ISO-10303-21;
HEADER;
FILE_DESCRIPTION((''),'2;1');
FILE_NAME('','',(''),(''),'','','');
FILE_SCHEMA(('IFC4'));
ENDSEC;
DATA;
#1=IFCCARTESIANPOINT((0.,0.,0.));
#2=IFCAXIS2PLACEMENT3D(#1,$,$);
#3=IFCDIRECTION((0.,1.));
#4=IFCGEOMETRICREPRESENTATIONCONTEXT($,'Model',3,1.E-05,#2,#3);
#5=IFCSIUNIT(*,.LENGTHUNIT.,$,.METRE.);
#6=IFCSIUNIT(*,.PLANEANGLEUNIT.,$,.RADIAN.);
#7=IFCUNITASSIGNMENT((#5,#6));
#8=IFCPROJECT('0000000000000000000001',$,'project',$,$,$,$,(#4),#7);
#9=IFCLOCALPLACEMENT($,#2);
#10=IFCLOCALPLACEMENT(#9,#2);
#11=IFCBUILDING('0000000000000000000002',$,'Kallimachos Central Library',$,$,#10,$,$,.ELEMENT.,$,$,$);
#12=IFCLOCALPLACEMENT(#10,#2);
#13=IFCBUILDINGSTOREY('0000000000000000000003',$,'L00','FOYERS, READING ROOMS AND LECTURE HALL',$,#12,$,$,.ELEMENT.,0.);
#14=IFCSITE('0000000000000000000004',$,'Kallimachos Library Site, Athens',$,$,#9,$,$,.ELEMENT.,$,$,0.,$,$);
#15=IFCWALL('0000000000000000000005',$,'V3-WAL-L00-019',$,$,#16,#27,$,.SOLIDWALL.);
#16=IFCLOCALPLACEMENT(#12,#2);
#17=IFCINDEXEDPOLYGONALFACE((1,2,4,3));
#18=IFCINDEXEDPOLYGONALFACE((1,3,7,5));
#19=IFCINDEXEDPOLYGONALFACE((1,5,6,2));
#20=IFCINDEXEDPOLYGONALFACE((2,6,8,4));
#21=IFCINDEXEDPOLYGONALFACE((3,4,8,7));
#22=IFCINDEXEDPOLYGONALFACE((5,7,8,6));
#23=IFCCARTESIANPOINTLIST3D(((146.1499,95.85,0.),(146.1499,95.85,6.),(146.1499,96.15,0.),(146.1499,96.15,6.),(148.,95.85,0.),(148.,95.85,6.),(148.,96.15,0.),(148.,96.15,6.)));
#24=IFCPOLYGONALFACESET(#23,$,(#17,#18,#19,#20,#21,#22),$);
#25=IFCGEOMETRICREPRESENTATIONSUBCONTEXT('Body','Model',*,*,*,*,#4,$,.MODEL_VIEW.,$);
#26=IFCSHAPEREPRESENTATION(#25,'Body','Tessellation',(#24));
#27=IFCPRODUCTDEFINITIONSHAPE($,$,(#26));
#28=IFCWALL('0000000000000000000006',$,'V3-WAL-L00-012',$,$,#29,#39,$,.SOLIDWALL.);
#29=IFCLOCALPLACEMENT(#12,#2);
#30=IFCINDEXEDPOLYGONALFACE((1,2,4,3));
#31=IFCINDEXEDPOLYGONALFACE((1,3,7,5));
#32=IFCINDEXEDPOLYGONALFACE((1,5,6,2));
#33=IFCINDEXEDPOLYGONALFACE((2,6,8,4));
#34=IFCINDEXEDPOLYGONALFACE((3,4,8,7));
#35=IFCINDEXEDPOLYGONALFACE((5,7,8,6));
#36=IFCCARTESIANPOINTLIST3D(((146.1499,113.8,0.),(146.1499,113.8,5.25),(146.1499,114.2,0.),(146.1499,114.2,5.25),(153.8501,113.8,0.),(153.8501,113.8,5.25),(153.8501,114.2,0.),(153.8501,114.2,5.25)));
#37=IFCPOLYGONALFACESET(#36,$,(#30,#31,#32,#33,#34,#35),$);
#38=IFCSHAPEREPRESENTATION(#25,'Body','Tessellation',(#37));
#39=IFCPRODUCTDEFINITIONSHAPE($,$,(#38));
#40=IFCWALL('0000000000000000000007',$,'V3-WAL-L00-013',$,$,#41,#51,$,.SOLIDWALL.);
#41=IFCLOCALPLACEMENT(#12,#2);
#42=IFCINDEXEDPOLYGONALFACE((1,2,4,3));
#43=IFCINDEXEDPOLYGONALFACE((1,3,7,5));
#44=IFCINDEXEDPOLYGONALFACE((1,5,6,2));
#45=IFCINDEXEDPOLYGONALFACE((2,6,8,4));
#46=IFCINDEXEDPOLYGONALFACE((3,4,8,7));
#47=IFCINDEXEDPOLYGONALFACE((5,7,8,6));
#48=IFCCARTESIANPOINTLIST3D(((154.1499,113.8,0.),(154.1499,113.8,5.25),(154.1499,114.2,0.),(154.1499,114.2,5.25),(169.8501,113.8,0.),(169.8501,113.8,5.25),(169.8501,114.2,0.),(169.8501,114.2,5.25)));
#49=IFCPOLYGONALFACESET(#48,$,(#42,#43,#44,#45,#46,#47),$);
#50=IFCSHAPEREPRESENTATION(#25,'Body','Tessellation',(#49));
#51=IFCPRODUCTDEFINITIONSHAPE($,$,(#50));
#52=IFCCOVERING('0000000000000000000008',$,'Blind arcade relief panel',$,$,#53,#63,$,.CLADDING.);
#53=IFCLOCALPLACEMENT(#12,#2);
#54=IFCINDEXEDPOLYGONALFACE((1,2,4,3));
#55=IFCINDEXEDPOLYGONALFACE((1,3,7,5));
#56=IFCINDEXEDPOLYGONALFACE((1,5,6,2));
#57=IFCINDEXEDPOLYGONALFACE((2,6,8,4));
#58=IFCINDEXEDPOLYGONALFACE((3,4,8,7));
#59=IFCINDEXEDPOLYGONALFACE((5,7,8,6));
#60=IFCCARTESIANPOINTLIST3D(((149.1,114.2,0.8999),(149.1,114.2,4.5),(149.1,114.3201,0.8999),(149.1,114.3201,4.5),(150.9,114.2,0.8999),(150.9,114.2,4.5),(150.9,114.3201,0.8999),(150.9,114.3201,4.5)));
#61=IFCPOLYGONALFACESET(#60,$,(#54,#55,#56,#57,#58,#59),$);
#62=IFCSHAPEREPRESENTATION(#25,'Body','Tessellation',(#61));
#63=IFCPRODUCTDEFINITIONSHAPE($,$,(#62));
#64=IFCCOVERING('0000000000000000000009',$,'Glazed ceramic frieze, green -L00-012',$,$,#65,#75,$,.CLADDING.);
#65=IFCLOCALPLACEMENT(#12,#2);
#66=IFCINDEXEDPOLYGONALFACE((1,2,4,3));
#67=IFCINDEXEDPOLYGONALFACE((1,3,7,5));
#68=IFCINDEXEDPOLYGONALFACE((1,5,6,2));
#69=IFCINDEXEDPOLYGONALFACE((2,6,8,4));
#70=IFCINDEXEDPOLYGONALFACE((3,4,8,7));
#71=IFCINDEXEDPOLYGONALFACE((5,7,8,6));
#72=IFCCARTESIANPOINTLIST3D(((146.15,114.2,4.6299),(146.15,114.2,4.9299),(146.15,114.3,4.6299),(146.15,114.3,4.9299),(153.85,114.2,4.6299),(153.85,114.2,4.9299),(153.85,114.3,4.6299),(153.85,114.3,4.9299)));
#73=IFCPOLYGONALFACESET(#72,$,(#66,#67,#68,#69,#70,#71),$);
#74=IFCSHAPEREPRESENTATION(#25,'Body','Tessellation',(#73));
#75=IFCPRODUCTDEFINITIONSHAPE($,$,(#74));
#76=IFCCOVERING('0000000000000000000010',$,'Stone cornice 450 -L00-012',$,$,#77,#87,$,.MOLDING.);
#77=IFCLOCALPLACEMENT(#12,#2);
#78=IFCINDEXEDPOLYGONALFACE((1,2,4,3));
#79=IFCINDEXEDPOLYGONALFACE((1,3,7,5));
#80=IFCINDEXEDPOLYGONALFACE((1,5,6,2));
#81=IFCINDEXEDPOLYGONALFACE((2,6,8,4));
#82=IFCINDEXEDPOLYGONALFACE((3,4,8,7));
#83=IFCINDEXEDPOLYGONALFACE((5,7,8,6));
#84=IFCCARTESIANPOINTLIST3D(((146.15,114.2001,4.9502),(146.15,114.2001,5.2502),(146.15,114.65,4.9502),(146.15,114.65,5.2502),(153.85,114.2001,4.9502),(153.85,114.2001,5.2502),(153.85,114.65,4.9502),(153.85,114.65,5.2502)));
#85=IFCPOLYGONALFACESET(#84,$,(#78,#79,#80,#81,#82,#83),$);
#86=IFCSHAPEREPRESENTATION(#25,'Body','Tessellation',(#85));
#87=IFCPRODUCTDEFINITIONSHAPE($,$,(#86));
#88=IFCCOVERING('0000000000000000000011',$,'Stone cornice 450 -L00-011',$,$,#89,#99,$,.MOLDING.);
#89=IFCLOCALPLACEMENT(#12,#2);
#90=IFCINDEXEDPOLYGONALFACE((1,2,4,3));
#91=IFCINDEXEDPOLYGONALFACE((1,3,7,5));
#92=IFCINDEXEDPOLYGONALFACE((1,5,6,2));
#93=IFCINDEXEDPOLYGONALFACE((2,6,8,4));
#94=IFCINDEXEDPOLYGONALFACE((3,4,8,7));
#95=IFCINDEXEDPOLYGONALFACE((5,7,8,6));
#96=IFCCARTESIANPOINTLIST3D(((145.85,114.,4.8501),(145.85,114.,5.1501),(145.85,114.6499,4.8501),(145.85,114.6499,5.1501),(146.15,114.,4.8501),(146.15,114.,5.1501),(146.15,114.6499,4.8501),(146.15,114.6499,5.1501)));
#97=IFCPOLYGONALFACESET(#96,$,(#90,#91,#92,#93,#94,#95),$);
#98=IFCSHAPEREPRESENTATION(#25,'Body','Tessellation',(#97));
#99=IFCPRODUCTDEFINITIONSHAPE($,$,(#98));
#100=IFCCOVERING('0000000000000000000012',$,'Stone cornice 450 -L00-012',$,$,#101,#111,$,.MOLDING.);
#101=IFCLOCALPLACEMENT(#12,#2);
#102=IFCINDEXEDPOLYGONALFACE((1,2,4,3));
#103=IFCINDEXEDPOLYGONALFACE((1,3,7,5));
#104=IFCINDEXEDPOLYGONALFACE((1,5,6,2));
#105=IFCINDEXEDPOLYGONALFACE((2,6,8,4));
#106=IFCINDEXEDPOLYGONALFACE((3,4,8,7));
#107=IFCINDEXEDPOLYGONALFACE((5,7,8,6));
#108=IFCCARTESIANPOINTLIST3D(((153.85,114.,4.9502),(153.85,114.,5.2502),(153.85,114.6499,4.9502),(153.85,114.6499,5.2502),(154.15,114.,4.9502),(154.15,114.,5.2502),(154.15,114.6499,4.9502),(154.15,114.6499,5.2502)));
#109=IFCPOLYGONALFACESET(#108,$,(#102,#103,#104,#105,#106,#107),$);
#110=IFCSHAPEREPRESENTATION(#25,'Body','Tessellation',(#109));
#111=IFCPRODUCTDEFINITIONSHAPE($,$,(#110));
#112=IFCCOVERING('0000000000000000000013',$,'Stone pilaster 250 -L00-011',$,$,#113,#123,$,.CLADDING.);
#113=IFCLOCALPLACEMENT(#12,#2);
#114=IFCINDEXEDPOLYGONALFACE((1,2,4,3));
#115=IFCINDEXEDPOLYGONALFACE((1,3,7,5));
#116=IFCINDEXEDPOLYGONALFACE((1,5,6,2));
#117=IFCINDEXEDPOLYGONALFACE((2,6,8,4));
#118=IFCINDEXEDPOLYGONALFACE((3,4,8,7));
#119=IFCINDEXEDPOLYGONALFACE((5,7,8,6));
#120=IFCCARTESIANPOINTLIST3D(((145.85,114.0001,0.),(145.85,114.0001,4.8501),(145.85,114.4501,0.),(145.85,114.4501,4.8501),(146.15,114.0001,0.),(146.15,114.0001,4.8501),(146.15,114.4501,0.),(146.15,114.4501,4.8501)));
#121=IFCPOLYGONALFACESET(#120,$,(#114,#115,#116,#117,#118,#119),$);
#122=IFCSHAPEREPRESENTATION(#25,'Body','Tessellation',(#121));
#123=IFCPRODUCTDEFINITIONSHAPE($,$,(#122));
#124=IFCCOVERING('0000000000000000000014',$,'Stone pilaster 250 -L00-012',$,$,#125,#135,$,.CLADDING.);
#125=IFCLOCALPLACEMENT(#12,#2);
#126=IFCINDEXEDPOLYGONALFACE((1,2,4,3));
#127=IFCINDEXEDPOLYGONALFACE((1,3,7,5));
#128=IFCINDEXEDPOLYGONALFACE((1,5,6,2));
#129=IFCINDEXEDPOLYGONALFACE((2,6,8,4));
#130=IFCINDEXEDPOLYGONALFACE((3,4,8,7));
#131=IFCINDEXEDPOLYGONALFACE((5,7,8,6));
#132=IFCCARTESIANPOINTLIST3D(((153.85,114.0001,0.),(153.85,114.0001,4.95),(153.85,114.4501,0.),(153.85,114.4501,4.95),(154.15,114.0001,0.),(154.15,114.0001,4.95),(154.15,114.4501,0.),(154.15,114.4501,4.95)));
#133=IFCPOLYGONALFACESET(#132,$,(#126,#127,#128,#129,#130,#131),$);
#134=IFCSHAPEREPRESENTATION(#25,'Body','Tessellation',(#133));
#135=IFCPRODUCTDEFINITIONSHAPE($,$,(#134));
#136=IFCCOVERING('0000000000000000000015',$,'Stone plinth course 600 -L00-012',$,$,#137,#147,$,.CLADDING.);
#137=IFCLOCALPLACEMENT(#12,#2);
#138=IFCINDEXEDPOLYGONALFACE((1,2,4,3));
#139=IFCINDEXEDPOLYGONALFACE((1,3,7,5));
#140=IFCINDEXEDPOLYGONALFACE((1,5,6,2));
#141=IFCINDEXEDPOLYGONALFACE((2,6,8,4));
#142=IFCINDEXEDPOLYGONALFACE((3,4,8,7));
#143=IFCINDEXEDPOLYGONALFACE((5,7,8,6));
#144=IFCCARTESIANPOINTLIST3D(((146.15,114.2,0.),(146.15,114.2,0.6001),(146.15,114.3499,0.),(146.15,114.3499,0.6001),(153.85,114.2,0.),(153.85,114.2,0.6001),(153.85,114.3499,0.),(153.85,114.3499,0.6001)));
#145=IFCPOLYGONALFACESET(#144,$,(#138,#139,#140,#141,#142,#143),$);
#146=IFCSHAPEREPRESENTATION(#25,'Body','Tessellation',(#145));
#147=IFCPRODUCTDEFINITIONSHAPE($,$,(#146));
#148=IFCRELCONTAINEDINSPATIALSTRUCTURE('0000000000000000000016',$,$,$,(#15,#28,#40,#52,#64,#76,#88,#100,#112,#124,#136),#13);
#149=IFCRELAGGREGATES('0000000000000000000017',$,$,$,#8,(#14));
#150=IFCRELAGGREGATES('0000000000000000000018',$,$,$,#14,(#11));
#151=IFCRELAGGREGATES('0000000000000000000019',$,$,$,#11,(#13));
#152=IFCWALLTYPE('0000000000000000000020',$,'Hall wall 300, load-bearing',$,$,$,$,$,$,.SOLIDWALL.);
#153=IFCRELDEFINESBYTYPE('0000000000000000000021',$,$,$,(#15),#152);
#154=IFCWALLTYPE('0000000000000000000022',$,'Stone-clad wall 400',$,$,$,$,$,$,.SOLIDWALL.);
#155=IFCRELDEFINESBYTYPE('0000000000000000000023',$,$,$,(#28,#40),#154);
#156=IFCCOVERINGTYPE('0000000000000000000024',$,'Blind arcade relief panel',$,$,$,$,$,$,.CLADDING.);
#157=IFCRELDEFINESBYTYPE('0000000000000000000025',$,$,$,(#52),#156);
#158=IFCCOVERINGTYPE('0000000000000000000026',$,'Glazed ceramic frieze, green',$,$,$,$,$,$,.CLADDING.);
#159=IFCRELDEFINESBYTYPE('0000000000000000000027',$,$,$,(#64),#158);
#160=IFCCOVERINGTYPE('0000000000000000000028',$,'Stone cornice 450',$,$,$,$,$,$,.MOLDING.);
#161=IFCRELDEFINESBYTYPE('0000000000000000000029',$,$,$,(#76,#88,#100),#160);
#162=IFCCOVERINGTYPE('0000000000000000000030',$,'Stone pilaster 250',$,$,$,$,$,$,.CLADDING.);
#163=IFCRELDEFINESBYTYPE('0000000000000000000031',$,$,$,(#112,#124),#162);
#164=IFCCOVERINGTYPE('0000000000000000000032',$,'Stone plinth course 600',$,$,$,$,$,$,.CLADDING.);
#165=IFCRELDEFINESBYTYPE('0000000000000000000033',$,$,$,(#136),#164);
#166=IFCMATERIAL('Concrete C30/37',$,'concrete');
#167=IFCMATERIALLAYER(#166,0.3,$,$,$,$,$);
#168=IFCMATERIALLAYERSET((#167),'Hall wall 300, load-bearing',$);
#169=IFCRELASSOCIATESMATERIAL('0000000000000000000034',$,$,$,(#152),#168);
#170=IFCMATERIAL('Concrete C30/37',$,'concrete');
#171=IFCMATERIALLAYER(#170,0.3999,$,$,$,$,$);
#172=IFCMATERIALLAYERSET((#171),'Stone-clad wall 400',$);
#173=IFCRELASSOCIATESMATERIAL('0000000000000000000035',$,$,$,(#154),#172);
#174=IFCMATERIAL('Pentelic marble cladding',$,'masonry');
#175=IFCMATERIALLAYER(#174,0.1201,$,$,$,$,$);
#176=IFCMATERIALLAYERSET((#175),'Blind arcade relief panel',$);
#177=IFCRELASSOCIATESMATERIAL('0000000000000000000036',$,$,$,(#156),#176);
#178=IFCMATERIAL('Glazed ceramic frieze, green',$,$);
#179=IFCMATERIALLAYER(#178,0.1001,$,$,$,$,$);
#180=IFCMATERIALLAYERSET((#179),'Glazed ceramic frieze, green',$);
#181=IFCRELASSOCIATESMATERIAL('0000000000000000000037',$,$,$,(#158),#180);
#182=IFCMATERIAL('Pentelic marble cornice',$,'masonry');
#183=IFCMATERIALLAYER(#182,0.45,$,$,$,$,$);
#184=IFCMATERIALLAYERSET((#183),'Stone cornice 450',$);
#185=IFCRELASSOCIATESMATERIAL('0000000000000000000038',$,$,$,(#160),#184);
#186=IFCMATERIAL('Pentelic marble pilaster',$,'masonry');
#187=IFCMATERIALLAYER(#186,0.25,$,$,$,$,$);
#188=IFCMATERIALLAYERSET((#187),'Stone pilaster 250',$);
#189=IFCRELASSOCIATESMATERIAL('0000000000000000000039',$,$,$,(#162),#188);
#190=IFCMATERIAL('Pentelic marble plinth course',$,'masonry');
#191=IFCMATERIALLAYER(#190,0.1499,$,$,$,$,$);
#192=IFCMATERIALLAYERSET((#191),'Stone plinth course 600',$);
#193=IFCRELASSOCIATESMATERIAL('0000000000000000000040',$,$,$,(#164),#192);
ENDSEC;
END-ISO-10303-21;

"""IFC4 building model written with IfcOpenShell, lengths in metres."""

from ifc_helpers import new_model, si_unit, direction, frame, frame_2d, origin, origin_2d, place, context, subcontext, project, spatial, rectangle, extrude, material, layer, layer_set, type_object, element, save


model = new_model("IFC4")

# Units and contexts
model_context = context("Model", 3, precision=1e-05, world=origin(), true_north=direction((0.0, 1.0)))
body_context = subcontext(model_context, "Body", "Model", "MODEL_VIEW")
ifc_project = project(units=[si_unit("LENGTHUNIT", "METRE"), si_unit("PLANEANGLEUNIT", "RADIAN")], contexts=[model_context])

# Site, building, storey
site_placement = place(None, origin())
site = spatial("IfcSite", under=ifc_project, at=site_placement, Name="Kallimachos Library Site, Athens", CompositionType="ELEMENT", RefElevation=0.0)
building_placement = place(site_placement, origin())
building = spatial("IfcBuilding", under=site, at=building_placement, Name="Kallimachos Central Library", CompositionType="ELEMENT")
storey_placement = place(building_placement, origin())
storey = spatial("IfcBuildingStorey", under=building, at=storey_placement, Name="L00", Description="FOYERS, READING ROOMS AND LECTURE HALL", CompositionType="ELEMENT", Elevation=0.0)

# Walls
ifc_material_1 = material(Name="Concrete C30/37", Category="concrete")
ifc_layer_1 = layer(ifc_material_1, 0.3)
ifc_layer_set_1 = layer_set([ifc_layer_1], Name="Hall wall 300, load-bearing")
wall_type_1 = type_object("IfcWallType", Name="Hall wall 300, load-bearing", PredefinedType="SOLIDWALL", material=ifc_layer_set_1)
wall_1_placement = place(storey_placement, frame((146.1499, 96.0, 0.0), z_axis=(0.0, 0.0, 1.0), x_axis=(1.0, 0.0, 0.0)))
element("IfcWall", 1, at=wall_1_placement, inside=storey, type_object=wall_type_1, Name="V3-WAL-L00-019", PredefinedType="SOLIDWALL", context=body_context, shape_type="SweptSolid", body=[
    extrude(rectangle(XDim=1.8501, YDim=0.3, at=frame_2d((0.925, 0.0))), origin(), (0.0, 0.0, 1.0), 6.0),
])
ifc_material_2 = material(Name="Concrete C30/37", Category="concrete")
ifc_layer_2 = layer(ifc_material_2, 0.3999)
ifc_layer_set_2 = layer_set([ifc_layer_2], Name="Stone-clad wall 400")
wall_type_2 = type_object("IfcWallType", Name="Stone-clad wall 400", PredefinedType="SOLIDWALL", material=ifc_layer_set_2)
wall_2_placement = place(storey_placement, frame((146.1499, 114.0, 0.0), z_axis=(0.0, 0.0, 1.0), x_axis=(1.0, 0.0, 0.0)))
element("IfcWall", 2, at=wall_2_placement, inside=storey, type_object=wall_type_2, Name="V3-WAL-L00-012", PredefinedType="SOLIDWALL", context=body_context, shape_type="SweptSolid", body=[
    extrude(rectangle(XDim=7.7002, YDim=0.3999, at=frame_2d((3.8501, 0.0))), origin(), (0.0, 0.0, 1.0), 5.25),
])
wall_3_placement = place(storey_placement, frame((154.1499, 114.0, 0.0), z_axis=(0.0, 0.0, 1.0), x_axis=(1.0, 0.0, 0.0)))
element("IfcWall", 3, at=wall_3_placement, inside=storey, type_object=wall_type_2, Name="V3-WAL-L00-013", PredefinedType="SOLIDWALL", context=body_context, shape_type="SweptSolid", body=[
    extrude(rectangle(XDim=15.7002, YDim=0.3999, at=frame_2d((7.8501, 0.0))), origin(), (0.0, 0.0, 1.0), 5.25),
])

# Coverings
ifc_material_3 = material(Name="Pentelic marble cladding", Category="masonry")
ifc_layer_3 = layer(ifc_material_3, 0.1201)
ifc_layer_set_3 = layer_set([ifc_layer_3], Name="Blind arcade relief panel")
covering_type_1 = type_object("IfcCoveringType", Name="Blind arcade relief panel", PredefinedType="CLADDING", material=ifc_layer_set_3)
covering_1_placement = place(storey_placement, frame((150.0, 114.26, 0.8999), z_axis=(0.0, 0.0, 1.0), x_axis=(1.0, 0.0, 0.0)))
element("IfcCovering", 4, at=covering_1_placement, inside=storey, type_object=covering_type_1, Name="Blind arcade relief panel", PredefinedType="CLADDING", context=body_context, shape_type="SweptSolid", body=[
    extrude(rectangle(XDim=1.8, YDim=0.1201, at=origin_2d()), origin(), (0.0, 0.0, 1.0), 3.6001),
])
ifc_material_4 = material(Name="Glazed ceramic frieze, green")
ifc_layer_4 = layer(ifc_material_4, 0.1001)
ifc_layer_set_4 = layer_set([ifc_layer_4], Name="Glazed ceramic frieze, green")
covering_type_2 = type_object("IfcCoveringType", Name="Glazed ceramic frieze, green", PredefinedType="CLADDING", material=ifc_layer_set_4)
covering_2_placement = place(storey_placement, frame((150.0, 114.25, 4.6299), z_axis=(0.0, 0.0, 1.0), x_axis=(1.0, 0.0, 0.0)))
element("IfcCovering", 5, at=covering_2_placement, inside=storey, type_object=covering_type_2, Name="Glazed ceramic frieze, green -L00-012", PredefinedType="CLADDING", context=body_context, shape_type="SweptSolid", body=[
    extrude(rectangle(XDim=7.7, YDim=0.1001, at=origin_2d()), origin(), (0.0, 0.0, 1.0), 0.3),
])
ifc_material_5 = material(Name="Pentelic marble cornice", Category="masonry")
ifc_layer_5 = layer(ifc_material_5, 0.45)
ifc_layer_set_5 = layer_set([ifc_layer_5], Name="Stone cornice 450")
covering_type_3 = type_object("IfcCoveringType", Name="Stone cornice 450", PredefinedType="MOLDING", material=ifc_layer_set_5)
covering_3_placement = place(storey_placement, frame((150.0, 114.425, 4.9502), z_axis=(0.0, 0.0, 1.0), x_axis=(1.0, 0.0, 0.0)))
element("IfcCovering", 6, at=covering_3_placement, inside=storey, type_object=covering_type_3, Name="Stone cornice 450 -L00-012", PredefinedType="MOLDING", context=body_context, shape_type="SweptSolid", body=[
    extrude(rectangle(XDim=7.7, YDim=0.45, at=origin_2d()), origin(), (0.0, 0.0, 1.0), 0.3),
])
for number, where, z_axis, x_axis, name in (
    (7, (146.0, 114.325, 4.8501), (0.0, 0.0, 1.0), (1.0, 0.0, 0.0), "Stone cornice 450 -L00-011"),
    (8, (154.0, 114.325, 4.9502), (0.0, 0.0, 1.0), (1.0, 0.0, 0.0), "Stone cornice 450 -L00-012"),
):
    element("IfcCovering", number, at=place(storey_placement, frame(where, z_axis=z_axis, x_axis=x_axis)), inside=storey, type_object=covering_type_3, Name=name, PredefinedType="MOLDING", context=body_context, shape_type="SweptSolid", body=[
        extrude(rectangle(XDim=0.3, YDim=0.6499, at=origin_2d()), origin(), (0.0, 0.0, 1.0), 0.3),
    ])
ifc_material_6 = material(Name="Pentelic marble pilaster", Category="masonry")
ifc_layer_6 = layer(ifc_material_6, 0.25)
ifc_layer_set_6 = layer_set([ifc_layer_6], Name="Stone pilaster 250")
covering_type_4 = type_object("IfcCoveringType", Name="Stone pilaster 250", PredefinedType="CLADDING", material=ifc_layer_set_6)
covering_4_placement = place(storey_placement, frame((146.0, 114.2251, 0.0), z_axis=(0.0, 0.0, 1.0), x_axis=(1.0, 0.0, 0.0)))
element("IfcCovering", 9, at=covering_4_placement, inside=storey, type_object=covering_type_4, Name="Stone pilaster 250 -L00-011", PredefinedType="CLADDING", context=body_context, shape_type="SweptSolid", body=[
    extrude(rectangle(XDim=0.3, YDim=0.45, at=origin_2d()), origin(), (0.0, 0.0, 1.0), 4.8501),
])
covering_5_placement = place(storey_placement, frame((154.0, 114.2251, 0.0), z_axis=(0.0, 0.0, 1.0), x_axis=(1.0, 0.0, 0.0)))
element("IfcCovering", 10, at=covering_5_placement, inside=storey, type_object=covering_type_4, Name="Stone pilaster 250 -L00-012", PredefinedType="CLADDING", context=body_context, shape_type="SweptSolid", body=[
    extrude(rectangle(XDim=0.3, YDim=0.45, at=origin_2d()), origin(), (0.0, 0.0, 1.0), 4.95),
])
ifc_material_7 = material(Name="Pentelic marble plinth course", Category="masonry")
ifc_layer_7 = layer(ifc_material_7, 0.1499)
ifc_layer_set_7 = layer_set([ifc_layer_7], Name="Stone plinth course 600")
covering_type_5 = type_object("IfcCoveringType", Name="Stone plinth course 600", PredefinedType="CLADDING", material=ifc_layer_set_7)
covering_6_placement = place(storey_placement, frame((150.0, 114.2749, 0.0), z_axis=(0.0, 0.0, 1.0), x_axis=(1.0, 0.0, 0.0)))
element("IfcCovering", 11, at=covering_6_placement, inside=storey, type_object=covering_type_5, Name="Stone plinth course 600 -L00-012", PredefinedType="CLADDING", context=body_context, shape_type="SweptSolid", body=[
    extrude(rectangle(XDim=7.7, YDim=0.1499, at=origin_2d()), origin(), (0.0, 0.0, 1.0), 0.6001),
])

save(model, "model.ifc")
